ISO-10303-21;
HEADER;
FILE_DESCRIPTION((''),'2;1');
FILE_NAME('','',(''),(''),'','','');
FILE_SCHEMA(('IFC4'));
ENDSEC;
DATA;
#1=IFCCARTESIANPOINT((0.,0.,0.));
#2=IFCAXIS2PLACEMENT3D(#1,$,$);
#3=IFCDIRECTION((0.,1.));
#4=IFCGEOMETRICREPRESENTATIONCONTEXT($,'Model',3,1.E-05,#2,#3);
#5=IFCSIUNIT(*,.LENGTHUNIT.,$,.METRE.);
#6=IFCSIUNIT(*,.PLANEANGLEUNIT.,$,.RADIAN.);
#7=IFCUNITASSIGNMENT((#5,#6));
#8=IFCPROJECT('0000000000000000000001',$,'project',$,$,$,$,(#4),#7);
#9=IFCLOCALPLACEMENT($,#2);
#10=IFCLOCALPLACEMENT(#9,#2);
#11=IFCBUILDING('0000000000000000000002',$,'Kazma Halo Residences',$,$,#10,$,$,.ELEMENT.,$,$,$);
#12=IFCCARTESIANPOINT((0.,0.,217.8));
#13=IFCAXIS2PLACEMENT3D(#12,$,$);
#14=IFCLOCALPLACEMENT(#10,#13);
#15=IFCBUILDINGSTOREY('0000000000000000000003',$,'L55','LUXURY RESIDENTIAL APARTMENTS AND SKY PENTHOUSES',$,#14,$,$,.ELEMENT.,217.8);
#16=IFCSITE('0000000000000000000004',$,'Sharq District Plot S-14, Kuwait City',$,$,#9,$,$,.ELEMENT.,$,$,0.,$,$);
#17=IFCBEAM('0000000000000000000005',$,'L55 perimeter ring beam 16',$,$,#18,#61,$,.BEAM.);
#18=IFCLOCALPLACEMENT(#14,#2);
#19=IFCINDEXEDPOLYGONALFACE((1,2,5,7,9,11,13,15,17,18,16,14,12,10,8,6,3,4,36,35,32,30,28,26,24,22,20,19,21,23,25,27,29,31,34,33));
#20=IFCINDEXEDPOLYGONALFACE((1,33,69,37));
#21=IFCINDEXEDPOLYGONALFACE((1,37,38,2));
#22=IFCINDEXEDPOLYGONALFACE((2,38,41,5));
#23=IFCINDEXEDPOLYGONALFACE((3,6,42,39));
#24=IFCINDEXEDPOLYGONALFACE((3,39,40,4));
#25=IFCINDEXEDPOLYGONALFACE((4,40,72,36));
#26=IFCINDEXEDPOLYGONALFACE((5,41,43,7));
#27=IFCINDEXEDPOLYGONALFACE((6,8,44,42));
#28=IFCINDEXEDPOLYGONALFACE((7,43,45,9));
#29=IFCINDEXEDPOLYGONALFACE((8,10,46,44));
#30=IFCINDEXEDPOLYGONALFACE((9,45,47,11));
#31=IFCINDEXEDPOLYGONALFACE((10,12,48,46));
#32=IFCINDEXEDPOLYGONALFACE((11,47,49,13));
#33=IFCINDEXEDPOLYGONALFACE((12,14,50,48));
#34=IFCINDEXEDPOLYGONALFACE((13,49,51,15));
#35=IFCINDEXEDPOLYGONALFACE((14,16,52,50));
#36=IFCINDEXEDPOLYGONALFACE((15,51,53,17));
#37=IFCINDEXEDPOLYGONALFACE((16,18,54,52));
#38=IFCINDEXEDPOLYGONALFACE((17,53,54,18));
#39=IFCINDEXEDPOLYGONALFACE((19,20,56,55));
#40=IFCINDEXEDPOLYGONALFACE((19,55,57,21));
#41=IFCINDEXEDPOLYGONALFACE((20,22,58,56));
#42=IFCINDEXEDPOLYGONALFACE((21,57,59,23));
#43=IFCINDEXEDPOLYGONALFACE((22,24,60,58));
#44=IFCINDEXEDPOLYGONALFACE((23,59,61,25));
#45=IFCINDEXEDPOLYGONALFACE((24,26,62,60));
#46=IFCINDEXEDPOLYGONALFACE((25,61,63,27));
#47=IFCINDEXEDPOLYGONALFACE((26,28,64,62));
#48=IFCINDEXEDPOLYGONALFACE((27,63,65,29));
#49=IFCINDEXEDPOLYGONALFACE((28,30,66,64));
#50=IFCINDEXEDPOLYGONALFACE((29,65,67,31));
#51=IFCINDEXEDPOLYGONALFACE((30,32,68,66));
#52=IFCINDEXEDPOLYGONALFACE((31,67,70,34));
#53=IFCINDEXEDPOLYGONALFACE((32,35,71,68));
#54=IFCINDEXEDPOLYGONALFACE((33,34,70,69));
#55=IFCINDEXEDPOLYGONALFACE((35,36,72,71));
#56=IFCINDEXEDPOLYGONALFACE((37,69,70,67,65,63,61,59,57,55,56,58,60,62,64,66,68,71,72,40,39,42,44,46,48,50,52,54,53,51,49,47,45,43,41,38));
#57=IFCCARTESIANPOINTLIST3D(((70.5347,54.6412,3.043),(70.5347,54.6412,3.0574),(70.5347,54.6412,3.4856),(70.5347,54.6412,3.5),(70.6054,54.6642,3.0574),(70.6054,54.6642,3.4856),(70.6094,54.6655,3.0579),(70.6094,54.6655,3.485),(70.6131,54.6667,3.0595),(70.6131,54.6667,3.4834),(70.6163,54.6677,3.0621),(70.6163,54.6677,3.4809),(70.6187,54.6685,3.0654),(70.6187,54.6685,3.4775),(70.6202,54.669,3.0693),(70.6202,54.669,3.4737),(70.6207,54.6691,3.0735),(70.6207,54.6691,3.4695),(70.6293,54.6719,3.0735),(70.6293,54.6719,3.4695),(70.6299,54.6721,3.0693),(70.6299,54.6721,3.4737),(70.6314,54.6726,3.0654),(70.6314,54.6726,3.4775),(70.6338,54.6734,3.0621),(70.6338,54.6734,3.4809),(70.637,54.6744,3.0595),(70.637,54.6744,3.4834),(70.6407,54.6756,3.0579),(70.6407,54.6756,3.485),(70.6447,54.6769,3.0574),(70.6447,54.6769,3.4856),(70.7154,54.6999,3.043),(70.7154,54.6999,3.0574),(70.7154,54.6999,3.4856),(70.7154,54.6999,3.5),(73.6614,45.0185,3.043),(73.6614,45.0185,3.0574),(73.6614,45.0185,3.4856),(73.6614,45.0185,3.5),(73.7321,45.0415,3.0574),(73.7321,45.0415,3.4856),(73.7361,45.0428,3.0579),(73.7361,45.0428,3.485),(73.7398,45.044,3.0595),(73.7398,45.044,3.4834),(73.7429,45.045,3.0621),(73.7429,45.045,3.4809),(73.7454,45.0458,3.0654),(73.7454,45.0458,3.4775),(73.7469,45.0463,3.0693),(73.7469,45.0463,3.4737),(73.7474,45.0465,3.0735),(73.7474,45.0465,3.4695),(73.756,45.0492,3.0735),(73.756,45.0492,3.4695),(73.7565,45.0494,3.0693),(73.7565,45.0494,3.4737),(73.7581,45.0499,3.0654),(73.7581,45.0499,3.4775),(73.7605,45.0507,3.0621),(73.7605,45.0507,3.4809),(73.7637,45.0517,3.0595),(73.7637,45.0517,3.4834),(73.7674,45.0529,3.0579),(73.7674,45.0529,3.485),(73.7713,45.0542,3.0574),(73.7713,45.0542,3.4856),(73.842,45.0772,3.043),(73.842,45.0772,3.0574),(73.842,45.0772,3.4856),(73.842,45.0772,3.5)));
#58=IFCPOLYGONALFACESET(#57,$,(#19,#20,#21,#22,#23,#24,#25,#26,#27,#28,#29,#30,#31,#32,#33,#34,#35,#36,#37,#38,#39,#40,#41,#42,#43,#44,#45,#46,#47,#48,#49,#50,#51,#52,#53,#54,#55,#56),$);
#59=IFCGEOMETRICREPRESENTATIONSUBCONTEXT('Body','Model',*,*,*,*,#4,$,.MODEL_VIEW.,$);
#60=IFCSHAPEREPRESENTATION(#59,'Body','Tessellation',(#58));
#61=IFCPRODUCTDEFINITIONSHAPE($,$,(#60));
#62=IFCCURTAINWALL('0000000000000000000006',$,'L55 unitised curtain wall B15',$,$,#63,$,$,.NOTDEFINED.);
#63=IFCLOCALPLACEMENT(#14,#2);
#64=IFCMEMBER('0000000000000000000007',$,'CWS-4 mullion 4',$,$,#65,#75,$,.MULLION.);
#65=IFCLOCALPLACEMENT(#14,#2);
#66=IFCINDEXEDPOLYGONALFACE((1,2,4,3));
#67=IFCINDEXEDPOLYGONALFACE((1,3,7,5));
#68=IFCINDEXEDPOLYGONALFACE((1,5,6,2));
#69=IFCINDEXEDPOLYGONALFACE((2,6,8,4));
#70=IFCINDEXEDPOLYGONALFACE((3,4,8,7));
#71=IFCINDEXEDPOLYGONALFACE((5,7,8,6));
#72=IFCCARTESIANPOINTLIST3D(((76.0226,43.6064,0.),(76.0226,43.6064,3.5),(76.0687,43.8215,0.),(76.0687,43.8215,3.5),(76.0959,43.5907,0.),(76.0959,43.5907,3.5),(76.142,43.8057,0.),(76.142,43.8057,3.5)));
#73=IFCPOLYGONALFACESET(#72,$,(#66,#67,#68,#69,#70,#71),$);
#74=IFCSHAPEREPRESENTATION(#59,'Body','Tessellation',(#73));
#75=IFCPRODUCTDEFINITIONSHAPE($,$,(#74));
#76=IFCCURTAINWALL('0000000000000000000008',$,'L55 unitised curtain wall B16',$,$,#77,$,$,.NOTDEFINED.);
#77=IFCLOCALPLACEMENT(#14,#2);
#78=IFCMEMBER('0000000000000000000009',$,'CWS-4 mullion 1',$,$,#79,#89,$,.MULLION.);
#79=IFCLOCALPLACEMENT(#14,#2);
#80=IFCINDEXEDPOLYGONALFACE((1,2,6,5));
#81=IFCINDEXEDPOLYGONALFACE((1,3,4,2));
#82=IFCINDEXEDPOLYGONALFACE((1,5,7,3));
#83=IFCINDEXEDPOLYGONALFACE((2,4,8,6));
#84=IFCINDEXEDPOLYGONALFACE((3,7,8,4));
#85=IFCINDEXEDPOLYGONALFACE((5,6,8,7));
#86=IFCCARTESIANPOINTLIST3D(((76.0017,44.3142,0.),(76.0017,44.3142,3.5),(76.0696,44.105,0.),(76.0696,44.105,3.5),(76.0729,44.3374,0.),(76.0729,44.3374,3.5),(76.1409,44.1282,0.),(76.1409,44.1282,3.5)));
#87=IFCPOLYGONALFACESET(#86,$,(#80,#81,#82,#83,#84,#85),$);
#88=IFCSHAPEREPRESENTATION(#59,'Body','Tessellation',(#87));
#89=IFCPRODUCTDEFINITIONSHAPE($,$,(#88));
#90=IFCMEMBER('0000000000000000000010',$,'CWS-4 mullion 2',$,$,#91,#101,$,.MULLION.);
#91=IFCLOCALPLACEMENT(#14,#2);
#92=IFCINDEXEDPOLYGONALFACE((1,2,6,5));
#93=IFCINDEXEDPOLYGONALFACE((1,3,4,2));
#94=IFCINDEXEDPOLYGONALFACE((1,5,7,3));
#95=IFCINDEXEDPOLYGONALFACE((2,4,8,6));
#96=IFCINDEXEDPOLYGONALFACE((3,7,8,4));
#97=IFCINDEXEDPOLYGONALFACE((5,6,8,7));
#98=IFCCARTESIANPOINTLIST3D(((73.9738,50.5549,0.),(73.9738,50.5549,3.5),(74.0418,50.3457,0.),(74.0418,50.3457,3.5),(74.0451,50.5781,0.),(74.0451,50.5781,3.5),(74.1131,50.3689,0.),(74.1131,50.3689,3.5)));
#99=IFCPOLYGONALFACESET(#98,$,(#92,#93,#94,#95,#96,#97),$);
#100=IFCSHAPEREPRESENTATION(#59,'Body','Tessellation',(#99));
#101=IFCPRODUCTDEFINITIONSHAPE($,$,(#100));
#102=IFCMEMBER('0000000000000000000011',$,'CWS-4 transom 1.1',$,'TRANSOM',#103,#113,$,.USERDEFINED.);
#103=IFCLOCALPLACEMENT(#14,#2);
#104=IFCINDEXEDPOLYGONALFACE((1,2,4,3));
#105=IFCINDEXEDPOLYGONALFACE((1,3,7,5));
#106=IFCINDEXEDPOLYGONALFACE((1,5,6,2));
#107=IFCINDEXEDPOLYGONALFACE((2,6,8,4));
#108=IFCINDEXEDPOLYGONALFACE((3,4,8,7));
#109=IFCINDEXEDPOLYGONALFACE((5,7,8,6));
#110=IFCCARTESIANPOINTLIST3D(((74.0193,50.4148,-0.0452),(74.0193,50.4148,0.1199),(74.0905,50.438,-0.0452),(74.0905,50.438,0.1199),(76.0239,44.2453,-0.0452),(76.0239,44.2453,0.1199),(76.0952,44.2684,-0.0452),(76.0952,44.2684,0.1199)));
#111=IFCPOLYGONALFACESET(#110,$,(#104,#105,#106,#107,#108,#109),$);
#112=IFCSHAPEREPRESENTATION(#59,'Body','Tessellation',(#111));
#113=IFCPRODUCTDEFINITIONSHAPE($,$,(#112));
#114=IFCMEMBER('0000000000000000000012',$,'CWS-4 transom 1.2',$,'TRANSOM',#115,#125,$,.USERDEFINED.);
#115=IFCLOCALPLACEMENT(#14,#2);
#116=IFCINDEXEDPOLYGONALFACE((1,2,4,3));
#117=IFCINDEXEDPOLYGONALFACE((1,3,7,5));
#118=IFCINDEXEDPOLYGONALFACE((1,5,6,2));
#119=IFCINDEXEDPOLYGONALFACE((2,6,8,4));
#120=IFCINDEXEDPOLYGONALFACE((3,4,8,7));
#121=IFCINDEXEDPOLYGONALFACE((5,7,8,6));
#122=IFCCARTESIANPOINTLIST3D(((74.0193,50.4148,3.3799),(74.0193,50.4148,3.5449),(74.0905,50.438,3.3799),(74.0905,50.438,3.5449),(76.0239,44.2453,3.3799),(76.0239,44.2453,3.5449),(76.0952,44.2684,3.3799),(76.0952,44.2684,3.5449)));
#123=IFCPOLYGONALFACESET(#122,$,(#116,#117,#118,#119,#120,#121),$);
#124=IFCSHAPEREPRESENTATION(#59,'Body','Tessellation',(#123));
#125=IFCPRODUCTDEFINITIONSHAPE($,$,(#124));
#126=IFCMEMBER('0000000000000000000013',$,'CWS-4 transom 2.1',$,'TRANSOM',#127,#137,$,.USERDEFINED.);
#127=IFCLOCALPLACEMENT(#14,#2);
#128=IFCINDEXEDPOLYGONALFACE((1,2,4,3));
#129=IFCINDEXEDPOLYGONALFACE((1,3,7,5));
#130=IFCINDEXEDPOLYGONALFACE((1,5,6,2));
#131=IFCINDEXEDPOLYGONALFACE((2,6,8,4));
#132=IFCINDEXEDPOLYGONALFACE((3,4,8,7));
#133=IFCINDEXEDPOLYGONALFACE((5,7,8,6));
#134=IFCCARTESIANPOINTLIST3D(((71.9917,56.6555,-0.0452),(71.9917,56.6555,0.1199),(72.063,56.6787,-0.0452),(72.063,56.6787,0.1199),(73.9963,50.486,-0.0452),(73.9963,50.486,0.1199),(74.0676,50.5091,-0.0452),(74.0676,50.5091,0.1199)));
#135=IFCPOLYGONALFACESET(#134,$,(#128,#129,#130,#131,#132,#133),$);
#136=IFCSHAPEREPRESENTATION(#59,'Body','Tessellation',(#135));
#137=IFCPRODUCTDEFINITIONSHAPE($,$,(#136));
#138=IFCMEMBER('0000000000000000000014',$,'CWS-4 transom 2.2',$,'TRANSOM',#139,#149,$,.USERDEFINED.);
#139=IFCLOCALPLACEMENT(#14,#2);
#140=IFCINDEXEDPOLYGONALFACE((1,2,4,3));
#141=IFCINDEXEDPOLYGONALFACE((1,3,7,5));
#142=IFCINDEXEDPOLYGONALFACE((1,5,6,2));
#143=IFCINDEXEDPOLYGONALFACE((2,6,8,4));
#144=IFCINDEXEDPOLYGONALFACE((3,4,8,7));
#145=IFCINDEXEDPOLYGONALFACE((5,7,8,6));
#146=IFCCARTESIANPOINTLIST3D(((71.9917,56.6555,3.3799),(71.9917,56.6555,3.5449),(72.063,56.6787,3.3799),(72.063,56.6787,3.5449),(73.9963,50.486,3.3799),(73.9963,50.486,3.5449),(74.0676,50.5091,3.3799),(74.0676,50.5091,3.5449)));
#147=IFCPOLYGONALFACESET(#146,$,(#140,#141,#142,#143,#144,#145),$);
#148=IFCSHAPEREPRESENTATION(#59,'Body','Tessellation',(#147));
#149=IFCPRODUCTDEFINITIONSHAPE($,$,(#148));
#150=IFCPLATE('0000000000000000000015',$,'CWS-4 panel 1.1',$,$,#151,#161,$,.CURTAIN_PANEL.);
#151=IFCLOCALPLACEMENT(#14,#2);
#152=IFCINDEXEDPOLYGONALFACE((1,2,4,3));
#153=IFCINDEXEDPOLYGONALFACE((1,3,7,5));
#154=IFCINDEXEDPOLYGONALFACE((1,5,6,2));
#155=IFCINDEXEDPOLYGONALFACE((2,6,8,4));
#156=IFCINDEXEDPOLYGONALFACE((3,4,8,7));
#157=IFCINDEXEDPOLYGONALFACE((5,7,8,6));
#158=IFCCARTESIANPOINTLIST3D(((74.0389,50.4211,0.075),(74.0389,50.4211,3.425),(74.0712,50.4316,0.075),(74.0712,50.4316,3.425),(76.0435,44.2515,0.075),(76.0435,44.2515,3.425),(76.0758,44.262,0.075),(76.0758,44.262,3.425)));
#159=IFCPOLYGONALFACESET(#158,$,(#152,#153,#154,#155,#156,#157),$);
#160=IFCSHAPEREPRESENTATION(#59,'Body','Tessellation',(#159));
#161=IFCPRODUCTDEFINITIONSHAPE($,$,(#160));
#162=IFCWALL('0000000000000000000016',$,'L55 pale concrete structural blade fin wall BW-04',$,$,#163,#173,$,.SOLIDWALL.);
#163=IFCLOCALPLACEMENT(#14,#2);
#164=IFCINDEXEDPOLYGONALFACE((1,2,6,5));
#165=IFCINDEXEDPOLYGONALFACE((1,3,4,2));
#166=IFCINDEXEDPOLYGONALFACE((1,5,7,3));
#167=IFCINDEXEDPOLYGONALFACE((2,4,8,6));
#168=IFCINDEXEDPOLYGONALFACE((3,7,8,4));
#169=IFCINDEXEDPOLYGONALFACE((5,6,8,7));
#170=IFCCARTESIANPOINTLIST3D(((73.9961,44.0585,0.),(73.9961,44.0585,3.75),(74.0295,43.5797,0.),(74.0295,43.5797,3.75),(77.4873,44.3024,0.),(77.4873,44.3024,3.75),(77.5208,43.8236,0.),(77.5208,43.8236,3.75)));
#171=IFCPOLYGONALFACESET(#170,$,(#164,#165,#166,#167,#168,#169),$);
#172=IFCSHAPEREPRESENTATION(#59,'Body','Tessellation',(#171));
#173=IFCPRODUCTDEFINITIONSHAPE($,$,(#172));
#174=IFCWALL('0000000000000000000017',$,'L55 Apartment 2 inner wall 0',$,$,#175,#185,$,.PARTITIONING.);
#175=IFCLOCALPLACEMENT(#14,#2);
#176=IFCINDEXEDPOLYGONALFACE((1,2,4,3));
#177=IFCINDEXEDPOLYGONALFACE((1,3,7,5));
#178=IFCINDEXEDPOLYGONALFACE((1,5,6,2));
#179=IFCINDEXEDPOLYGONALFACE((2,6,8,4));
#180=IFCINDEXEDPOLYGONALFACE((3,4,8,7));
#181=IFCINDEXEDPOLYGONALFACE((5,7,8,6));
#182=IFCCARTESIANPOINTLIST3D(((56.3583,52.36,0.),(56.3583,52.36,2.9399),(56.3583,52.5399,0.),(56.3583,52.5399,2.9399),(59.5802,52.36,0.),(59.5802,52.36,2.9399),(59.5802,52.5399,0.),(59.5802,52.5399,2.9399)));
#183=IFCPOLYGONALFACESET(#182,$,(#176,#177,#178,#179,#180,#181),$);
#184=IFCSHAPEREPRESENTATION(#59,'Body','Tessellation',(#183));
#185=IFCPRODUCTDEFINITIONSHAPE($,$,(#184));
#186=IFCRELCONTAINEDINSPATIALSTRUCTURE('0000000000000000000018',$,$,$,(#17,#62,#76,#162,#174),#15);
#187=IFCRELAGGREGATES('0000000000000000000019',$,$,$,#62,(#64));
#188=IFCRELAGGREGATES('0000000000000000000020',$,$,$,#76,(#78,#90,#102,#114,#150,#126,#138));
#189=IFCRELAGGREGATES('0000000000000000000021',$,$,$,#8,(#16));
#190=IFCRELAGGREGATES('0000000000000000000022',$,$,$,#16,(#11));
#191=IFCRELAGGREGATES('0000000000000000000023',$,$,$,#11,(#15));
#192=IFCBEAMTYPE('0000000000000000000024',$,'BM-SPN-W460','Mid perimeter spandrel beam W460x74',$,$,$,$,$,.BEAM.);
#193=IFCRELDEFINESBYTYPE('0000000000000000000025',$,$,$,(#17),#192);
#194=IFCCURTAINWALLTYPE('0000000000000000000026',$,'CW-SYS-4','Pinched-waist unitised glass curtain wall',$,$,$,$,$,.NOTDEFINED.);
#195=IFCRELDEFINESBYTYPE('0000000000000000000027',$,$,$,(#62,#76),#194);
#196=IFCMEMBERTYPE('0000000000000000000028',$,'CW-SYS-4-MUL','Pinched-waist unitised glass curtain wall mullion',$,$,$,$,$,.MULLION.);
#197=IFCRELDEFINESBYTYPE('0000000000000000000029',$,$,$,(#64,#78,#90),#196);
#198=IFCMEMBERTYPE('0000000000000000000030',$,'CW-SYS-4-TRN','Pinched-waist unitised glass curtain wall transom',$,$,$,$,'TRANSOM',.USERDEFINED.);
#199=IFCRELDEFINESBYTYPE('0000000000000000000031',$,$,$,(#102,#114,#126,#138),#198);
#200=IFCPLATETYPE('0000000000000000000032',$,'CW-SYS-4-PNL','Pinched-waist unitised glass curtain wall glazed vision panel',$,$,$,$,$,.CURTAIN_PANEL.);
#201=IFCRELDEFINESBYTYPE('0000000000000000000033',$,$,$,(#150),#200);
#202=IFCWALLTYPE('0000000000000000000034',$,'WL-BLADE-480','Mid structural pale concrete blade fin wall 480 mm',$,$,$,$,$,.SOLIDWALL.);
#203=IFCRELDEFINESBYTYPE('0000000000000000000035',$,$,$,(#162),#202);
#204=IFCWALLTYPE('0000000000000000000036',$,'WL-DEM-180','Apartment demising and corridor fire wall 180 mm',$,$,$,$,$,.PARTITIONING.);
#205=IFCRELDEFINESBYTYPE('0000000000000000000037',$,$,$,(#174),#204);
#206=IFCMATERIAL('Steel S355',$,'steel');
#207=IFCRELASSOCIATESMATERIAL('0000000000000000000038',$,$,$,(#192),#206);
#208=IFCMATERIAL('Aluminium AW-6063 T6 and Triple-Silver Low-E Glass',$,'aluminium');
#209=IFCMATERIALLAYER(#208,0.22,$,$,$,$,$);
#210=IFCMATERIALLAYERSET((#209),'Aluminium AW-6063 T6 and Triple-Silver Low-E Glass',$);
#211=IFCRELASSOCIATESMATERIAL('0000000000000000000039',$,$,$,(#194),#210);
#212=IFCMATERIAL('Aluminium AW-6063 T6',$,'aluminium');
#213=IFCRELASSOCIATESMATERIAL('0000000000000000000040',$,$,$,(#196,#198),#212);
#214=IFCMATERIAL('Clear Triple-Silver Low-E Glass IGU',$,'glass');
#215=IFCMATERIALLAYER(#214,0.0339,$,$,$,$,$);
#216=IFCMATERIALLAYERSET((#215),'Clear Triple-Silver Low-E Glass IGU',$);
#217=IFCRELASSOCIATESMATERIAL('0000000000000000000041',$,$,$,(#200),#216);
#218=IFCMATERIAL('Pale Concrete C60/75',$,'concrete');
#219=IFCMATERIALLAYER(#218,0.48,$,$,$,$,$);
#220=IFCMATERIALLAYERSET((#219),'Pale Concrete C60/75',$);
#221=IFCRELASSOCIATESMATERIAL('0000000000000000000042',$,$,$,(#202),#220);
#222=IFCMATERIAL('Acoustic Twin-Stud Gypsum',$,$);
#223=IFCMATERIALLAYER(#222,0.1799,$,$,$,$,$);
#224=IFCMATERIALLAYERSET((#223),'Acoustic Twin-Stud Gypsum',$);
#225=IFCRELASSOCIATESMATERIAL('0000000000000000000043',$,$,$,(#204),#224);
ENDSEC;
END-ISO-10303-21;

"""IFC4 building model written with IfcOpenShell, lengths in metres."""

from ifc_helpers import new_model, si_unit, direction, frame, frame_2d, origin, origin_2d, place, context, subcontext, project, spatial, rectangle, i_section, extrude, material, layer, layer_set, material_profile, profile_set, type_object, element, aggregate, save


model = new_model("IFC4")

# Units and contexts
model_context = context("Model", 3, precision=1e-05, world=origin(), true_north=direction((0.0, 1.0)))
body_context = subcontext(model_context, "Body", "Model", "MODEL_VIEW")
ifc_project = project(units=[si_unit("LENGTHUNIT", "METRE"), si_unit("PLANEANGLEUNIT", "RADIAN")], contexts=[model_context])

# Site, building, storey
site_placement = place(None, origin())
site = spatial("IfcSite", under=ifc_project, at=site_placement, Name="Sharq District Plot S-14, Kuwait City", CompositionType="ELEMENT", RefElevation=0.0)
building_placement = place(site_placement, origin())
building = spatial("IfcBuilding", under=site, at=building_placement, Name="Kazma Halo Residences", CompositionType="ELEMENT")
storey_placement = place(building_placement, frame((0.0, 0.0, 217.8)))
storey = spatial("IfcBuildingStorey", under=building, at=storey_placement, Name="L55", Description="LUXURY RESIDENTIAL APARTMENTS AND SKY PENTHOUSES", CompositionType="ELEMENT", Elevation=217.8)

# Beam
ifc_material_1 = material(Name="Steel S355", Category="steel")
ifc_material_profile_1 = material_profile(ifc_material_1, i_section(OverallWidth=0.1899, OverallDepth=0.457, WebThickness=0.009, FlangeThickness=0.0144, FilletRadius=0.0161, at=origin_2d()), Name="W460x74")
ifc_profile_set_1 = profile_set([ifc_material_profile_1], Name="Steel S355")
beam_type_1 = type_object("IfcBeamType", Name="BM-SPN-W460", Description="Mid perimeter spandrel beam W460x74", PredefinedType="BEAM", material=ifc_profile_set_1)
beam_1_placement = place(storey_placement, frame((73.7517, 45.0479, 3.2715), z_axis=(-0.309023, 0.951054, 0.0), x_axis=(-0.951054, -0.309023, 0.0)))
element("IfcBeam", 1, at=beam_1_placement, inside=storey, type_object=beam_type_1, Name="L55 perimeter ring beam 16", PredefinedType="BEAM", context=body_context, shape_type="SweptSolid", body=[
    extrude(i_section(OverallWidth=0.1899, OverallDepth=0.457, WebThickness=0.009, FlangeThickness=0.0144, FilletRadius=0.0161, at=origin_2d()), origin(), (0.0, 0.0, 1.0), 10.1179),
])

# Curtain wall, member
ifc_material_2 = material(Name="Aluminium AW-6063 T6 and Triple-Silver Low-E Glass", Category="aluminium")
ifc_layer_1 = layer(ifc_material_2, 0.22)
ifc_layer_set_1 = layer_set([ifc_layer_1], Name="Aluminium AW-6063 T6 and Triple-Silver Low-E Glass")
curtain_wall_type = type_object("IfcCurtainWallType", Name="CW-SYS-4", Description="Pinched-waist unitised glass curtain wall", PredefinedType="NOTDEFINED", material=ifc_layer_set_1)
curtain_wall_1_placement = place(storey_placement, origin())
curtain_wall_1 = element("IfcCurtainWall", 2, at=curtain_wall_1_placement, inside=storey, type_object=curtain_wall_type, Name="L55 unitised curtain wall B15", PredefinedType="NOTDEFINED")
ifc_material_3 = material(Name="Aluminium AW-6063 T6", Category="aluminium")
ifc_material_profile_2 = material_profile(ifc_material_3, rectangle(XDim=0.075, YDim=0.22, at=origin_2d()), Name="CWM-75x220")
ifc_profile_set_2 = profile_set([ifc_material_profile_2], Name="Aluminium AW-6063 T6")
member_type_1 = type_object("IfcMemberType", Name="CW-SYS-4-MUL", Description="Pinched-waist unitised glass curtain wall mullion", PredefinedType="MULLION", material=ifc_profile_set_2)
member_1_placement = place(storey_placement, frame((76.0823, 43.7061, 0.0), z_axis=(0.0, 0.0, 1.0), x_axis=(-0.977768, 0.20969, 0.0)))
member_1 = element("IfcMember", 3, at=member_1_placement, type_object=member_type_1, Name="CWS-4 mullion 4", PredefinedType="MULLION", context=body_context, shape_type="SweptSolid", body=[
    extrude(rectangle(XDim=0.075, YDim=0.22, at=origin_2d()), origin(), (0.0, 0.0, 1.0), 3.5),
])
aggregate(curtain_wall_1, [member_1])

# Curtain wall, members, plate
curtain_wall_2_placement = place(storey_placement, origin())
curtain_wall_2 = element("IfcCurtainWall", 4, at=curtain_wall_2_placement, inside=storey, type_object=curtain_wall_type, Name="L55 unitised curtain wall B16", PredefinedType="NOTDEFINED")
member_2_placement = place(storey_placement, frame((76.0713, 44.2212, 0.0), z_axis=(0.0, 0.0, 1.0), x_axis=(-0.951057, -0.309016, 0.0)))
member_2 = element("IfcMember", 5, at=member_2_placement, type_object=member_type_1, Name="CWS-4 mullion 1", PredefinedType="MULLION", context=body_context, shape_type="SweptSolid", body=[
    extrude(rectangle(XDim=0.075, YDim=0.22, at=origin_2d()), origin(), (0.0, 0.0, 1.0), 3.5),
])
member_3_placement = place(storey_placement, frame((74.0435, 50.4619, 0.0), z_axis=(0.0, 0.0, 1.0), x_axis=(-0.951057, -0.309016, 0.0)))
member_3 = element("IfcMember", 6, at=member_3_placement, type_object=member_type_1, Name="CWS-4 mullion 2", PredefinedType="MULLION", context=body_context, shape_type="SweptSolid", body=[
    extrude(rectangle(XDim=0.075, YDim=0.22, at=origin_2d()), origin(), (0.0, 0.0, 1.0), 3.5),
])
ifc_material_profile_3 = material_profile(ifc_material_3, rectangle(XDim=0.075, YDim=0.165, at=origin_2d()), Name="CWT-75x165")
ifc_profile_set_3 = profile_set([ifc_material_profile_3], Name="Aluminium AW-6063 T6")
member_type_2 = type_object("IfcMemberType", Name="CW-SYS-4-TRN", Description="Pinched-waist unitised glass curtain wall transom", ElementType="TRANSOM", PredefinedType="USERDEFINED", material=ifc_profile_set_3)
member_4_placement = place(storey_placement, frame((76.0596, 44.2568, 0.0374), z_axis=(-0.309027, 0.951053, 0.0), x_axis=(-0.951053, -0.309027, 0.0)))
member_4 = element("IfcMember", 7, at=member_4_placement, type_object=member_type_2, Name="CWS-4 transom 1.1", ObjectType="TRANSOM", PredefinedType="USERDEFINED", context=body_context, shape_type="SweptSolid", body=[
    extrude(rectangle(XDim=0.075, YDim=0.165, at=origin_2d()), origin(), (0.0, 0.0, 1.0), 6.4871),
])
member_5_placement = place(storey_placement, frame((76.0596, 44.2568, 3.4624), z_axis=(-0.309027, 0.951053, 0.0), x_axis=(-0.951053, -0.309027, 0.0)))
member_5 = element("IfcMember", 8, at=member_5_placement, type_object=member_type_2, Name="CWS-4 transom 1.2", ObjectType="TRANSOM", PredefinedType="USERDEFINED", context=body_context, shape_type="SweptSolid", body=[
    extrude(rectangle(XDim=0.075, YDim=0.165, at=origin_2d()), origin(), (0.0, 0.0, 1.0), 6.4871),
])
member_6_placement = place(storey_placement, frame((74.032, 50.4976, 0.0374), z_axis=(-0.309015, 0.951057, 0.0), x_axis=(-0.951057, -0.309015, 0.0)))
member_6 = element("IfcMember", 9, at=member_6_placement, type_object=member_type_2, Name="CWS-4 transom 2.1", ObjectType="TRANSOM", PredefinedType="USERDEFINED", context=body_context, shape_type="SweptSolid", body=[
    extrude(rectangle(XDim=0.075, YDim=0.165, at=origin_2d()), origin(), (0.0, 0.0, 1.0), 6.4871),
])
member_7_placement = place(storey_placement, frame((74.032, 50.4976, 3.4624), z_axis=(-0.309015, 0.951057, 0.0), x_axis=(-0.951057, -0.309015, 0.0)))
member_7 = element("IfcMember", 10, at=member_7_placement, type_object=member_type_2, Name="CWS-4 transom 2.2", ObjectType="TRANSOM", PredefinedType="USERDEFINED", context=body_context, shape_type="SweptSolid", body=[
    extrude(rectangle(XDim=0.075, YDim=0.165, at=origin_2d()), origin(), (0.0, 0.0, 1.0), 6.4871),
])
ifc_material_4 = material(Name="Clear Triple-Silver Low-E Glass IGU", Category="glass")
ifc_layer_2 = layer(ifc_material_4, 0.0339)
ifc_layer_set_2 = layer_set([ifc_layer_2], Name="Clear Triple-Silver Low-E Glass IGU")
plate_type = type_object("IfcPlateType", Name="CW-SYS-4-PNL", Description="Pinched-waist unitised glass curtain wall glazed vision panel", PredefinedType="CURTAIN_PANEL", material=ifc_layer_set_2)
plate_placement = place(storey_placement, frame((75.0574, 47.3416, 0.075), z_axis=(0.0, 0.0, 1.0), x_axis=(-0.309016, 0.951057, 0.0)))
plate = element("IfcPlate", 11, at=plate_placement, type_object=plate_type, Name="CWS-4 panel 1.1", PredefinedType="CURTAIN_PANEL", context=body_context, shape_type="SweptSolid", body=[
    extrude(rectangle(XDim=6.4871, YDim=0.0339, at=origin_2d()), origin(), (0.0, 0.0, 1.0), 3.3501),
])
aggregate(curtain_wall_2, [member_2, member_3, member_4, member_5, plate, member_6, member_7])

# Walls
ifc_material_5 = material(Name="Pale Concrete C60/75", Category="concrete")
ifc_layer_3 = layer(ifc_material_5, 0.48)
ifc_layer_set_3 = layer_set([ifc_layer_3], Name="Pale Concrete C60/75")
wall_type_1 = type_object("IfcWallType", Name="WL-BLADE-480", Description="Mid structural pale concrete blade fin wall 480 mm", PredefinedType="SOLIDWALL", material=ifc_layer_set_3)
wall_1_placement = place(storey_placement, frame((74.0127, 43.8191, 0.0), z_axis=(0.0, 0.0, 1.0), x_axis=(0.997569, 0.06969, 0.0)))
element("IfcWall", 12, at=wall_1_placement, inside=storey, type_object=wall_type_1, Name="L55 pale concrete structural blade fin wall BW-04", PredefinedType="SOLIDWALL", context=body_context, shape_type="SweptSolid", body=[
    extrude(rectangle(XDim=3.4998, YDim=0.48, at=frame_2d((1.75, 0.0))), origin(), (0.0, 0.0, 1.0), 3.75),
])
ifc_material_6 = material(Name="Acoustic Twin-Stud Gypsum")
ifc_layer_4 = layer(ifc_material_6, 0.1799)
ifc_layer_set_4 = layer_set([ifc_layer_4], Name="Acoustic Twin-Stud Gypsum")
wall_type_2 = type_object("IfcWallType", Name="WL-DEM-180", Description="Apartment demising and corridor fire wall 180 mm", PredefinedType="PARTITIONING", material=ifc_layer_set_4)
wall_2_placement = place(storey_placement, frame((59.5801, 52.45, 0.0), z_axis=(0.0, 0.0, 1.0), x_axis=(-1.0, 0.0, 0.0)))
element("IfcWall", 13, at=wall_2_placement, inside=storey, type_object=wall_type_2, Name="L55 Apartment 2 inner wall 0", PredefinedType="PARTITIONING", context=body_context, shape_type="SweptSolid", body=[
    extrude(rectangle(XDim=3.2219, YDim=0.1799, at=frame_2d((1.6108, 0.0))), origin(), (0.0, 0.0, 1.0), 2.9399),
])

save(model, "model.ifc")
